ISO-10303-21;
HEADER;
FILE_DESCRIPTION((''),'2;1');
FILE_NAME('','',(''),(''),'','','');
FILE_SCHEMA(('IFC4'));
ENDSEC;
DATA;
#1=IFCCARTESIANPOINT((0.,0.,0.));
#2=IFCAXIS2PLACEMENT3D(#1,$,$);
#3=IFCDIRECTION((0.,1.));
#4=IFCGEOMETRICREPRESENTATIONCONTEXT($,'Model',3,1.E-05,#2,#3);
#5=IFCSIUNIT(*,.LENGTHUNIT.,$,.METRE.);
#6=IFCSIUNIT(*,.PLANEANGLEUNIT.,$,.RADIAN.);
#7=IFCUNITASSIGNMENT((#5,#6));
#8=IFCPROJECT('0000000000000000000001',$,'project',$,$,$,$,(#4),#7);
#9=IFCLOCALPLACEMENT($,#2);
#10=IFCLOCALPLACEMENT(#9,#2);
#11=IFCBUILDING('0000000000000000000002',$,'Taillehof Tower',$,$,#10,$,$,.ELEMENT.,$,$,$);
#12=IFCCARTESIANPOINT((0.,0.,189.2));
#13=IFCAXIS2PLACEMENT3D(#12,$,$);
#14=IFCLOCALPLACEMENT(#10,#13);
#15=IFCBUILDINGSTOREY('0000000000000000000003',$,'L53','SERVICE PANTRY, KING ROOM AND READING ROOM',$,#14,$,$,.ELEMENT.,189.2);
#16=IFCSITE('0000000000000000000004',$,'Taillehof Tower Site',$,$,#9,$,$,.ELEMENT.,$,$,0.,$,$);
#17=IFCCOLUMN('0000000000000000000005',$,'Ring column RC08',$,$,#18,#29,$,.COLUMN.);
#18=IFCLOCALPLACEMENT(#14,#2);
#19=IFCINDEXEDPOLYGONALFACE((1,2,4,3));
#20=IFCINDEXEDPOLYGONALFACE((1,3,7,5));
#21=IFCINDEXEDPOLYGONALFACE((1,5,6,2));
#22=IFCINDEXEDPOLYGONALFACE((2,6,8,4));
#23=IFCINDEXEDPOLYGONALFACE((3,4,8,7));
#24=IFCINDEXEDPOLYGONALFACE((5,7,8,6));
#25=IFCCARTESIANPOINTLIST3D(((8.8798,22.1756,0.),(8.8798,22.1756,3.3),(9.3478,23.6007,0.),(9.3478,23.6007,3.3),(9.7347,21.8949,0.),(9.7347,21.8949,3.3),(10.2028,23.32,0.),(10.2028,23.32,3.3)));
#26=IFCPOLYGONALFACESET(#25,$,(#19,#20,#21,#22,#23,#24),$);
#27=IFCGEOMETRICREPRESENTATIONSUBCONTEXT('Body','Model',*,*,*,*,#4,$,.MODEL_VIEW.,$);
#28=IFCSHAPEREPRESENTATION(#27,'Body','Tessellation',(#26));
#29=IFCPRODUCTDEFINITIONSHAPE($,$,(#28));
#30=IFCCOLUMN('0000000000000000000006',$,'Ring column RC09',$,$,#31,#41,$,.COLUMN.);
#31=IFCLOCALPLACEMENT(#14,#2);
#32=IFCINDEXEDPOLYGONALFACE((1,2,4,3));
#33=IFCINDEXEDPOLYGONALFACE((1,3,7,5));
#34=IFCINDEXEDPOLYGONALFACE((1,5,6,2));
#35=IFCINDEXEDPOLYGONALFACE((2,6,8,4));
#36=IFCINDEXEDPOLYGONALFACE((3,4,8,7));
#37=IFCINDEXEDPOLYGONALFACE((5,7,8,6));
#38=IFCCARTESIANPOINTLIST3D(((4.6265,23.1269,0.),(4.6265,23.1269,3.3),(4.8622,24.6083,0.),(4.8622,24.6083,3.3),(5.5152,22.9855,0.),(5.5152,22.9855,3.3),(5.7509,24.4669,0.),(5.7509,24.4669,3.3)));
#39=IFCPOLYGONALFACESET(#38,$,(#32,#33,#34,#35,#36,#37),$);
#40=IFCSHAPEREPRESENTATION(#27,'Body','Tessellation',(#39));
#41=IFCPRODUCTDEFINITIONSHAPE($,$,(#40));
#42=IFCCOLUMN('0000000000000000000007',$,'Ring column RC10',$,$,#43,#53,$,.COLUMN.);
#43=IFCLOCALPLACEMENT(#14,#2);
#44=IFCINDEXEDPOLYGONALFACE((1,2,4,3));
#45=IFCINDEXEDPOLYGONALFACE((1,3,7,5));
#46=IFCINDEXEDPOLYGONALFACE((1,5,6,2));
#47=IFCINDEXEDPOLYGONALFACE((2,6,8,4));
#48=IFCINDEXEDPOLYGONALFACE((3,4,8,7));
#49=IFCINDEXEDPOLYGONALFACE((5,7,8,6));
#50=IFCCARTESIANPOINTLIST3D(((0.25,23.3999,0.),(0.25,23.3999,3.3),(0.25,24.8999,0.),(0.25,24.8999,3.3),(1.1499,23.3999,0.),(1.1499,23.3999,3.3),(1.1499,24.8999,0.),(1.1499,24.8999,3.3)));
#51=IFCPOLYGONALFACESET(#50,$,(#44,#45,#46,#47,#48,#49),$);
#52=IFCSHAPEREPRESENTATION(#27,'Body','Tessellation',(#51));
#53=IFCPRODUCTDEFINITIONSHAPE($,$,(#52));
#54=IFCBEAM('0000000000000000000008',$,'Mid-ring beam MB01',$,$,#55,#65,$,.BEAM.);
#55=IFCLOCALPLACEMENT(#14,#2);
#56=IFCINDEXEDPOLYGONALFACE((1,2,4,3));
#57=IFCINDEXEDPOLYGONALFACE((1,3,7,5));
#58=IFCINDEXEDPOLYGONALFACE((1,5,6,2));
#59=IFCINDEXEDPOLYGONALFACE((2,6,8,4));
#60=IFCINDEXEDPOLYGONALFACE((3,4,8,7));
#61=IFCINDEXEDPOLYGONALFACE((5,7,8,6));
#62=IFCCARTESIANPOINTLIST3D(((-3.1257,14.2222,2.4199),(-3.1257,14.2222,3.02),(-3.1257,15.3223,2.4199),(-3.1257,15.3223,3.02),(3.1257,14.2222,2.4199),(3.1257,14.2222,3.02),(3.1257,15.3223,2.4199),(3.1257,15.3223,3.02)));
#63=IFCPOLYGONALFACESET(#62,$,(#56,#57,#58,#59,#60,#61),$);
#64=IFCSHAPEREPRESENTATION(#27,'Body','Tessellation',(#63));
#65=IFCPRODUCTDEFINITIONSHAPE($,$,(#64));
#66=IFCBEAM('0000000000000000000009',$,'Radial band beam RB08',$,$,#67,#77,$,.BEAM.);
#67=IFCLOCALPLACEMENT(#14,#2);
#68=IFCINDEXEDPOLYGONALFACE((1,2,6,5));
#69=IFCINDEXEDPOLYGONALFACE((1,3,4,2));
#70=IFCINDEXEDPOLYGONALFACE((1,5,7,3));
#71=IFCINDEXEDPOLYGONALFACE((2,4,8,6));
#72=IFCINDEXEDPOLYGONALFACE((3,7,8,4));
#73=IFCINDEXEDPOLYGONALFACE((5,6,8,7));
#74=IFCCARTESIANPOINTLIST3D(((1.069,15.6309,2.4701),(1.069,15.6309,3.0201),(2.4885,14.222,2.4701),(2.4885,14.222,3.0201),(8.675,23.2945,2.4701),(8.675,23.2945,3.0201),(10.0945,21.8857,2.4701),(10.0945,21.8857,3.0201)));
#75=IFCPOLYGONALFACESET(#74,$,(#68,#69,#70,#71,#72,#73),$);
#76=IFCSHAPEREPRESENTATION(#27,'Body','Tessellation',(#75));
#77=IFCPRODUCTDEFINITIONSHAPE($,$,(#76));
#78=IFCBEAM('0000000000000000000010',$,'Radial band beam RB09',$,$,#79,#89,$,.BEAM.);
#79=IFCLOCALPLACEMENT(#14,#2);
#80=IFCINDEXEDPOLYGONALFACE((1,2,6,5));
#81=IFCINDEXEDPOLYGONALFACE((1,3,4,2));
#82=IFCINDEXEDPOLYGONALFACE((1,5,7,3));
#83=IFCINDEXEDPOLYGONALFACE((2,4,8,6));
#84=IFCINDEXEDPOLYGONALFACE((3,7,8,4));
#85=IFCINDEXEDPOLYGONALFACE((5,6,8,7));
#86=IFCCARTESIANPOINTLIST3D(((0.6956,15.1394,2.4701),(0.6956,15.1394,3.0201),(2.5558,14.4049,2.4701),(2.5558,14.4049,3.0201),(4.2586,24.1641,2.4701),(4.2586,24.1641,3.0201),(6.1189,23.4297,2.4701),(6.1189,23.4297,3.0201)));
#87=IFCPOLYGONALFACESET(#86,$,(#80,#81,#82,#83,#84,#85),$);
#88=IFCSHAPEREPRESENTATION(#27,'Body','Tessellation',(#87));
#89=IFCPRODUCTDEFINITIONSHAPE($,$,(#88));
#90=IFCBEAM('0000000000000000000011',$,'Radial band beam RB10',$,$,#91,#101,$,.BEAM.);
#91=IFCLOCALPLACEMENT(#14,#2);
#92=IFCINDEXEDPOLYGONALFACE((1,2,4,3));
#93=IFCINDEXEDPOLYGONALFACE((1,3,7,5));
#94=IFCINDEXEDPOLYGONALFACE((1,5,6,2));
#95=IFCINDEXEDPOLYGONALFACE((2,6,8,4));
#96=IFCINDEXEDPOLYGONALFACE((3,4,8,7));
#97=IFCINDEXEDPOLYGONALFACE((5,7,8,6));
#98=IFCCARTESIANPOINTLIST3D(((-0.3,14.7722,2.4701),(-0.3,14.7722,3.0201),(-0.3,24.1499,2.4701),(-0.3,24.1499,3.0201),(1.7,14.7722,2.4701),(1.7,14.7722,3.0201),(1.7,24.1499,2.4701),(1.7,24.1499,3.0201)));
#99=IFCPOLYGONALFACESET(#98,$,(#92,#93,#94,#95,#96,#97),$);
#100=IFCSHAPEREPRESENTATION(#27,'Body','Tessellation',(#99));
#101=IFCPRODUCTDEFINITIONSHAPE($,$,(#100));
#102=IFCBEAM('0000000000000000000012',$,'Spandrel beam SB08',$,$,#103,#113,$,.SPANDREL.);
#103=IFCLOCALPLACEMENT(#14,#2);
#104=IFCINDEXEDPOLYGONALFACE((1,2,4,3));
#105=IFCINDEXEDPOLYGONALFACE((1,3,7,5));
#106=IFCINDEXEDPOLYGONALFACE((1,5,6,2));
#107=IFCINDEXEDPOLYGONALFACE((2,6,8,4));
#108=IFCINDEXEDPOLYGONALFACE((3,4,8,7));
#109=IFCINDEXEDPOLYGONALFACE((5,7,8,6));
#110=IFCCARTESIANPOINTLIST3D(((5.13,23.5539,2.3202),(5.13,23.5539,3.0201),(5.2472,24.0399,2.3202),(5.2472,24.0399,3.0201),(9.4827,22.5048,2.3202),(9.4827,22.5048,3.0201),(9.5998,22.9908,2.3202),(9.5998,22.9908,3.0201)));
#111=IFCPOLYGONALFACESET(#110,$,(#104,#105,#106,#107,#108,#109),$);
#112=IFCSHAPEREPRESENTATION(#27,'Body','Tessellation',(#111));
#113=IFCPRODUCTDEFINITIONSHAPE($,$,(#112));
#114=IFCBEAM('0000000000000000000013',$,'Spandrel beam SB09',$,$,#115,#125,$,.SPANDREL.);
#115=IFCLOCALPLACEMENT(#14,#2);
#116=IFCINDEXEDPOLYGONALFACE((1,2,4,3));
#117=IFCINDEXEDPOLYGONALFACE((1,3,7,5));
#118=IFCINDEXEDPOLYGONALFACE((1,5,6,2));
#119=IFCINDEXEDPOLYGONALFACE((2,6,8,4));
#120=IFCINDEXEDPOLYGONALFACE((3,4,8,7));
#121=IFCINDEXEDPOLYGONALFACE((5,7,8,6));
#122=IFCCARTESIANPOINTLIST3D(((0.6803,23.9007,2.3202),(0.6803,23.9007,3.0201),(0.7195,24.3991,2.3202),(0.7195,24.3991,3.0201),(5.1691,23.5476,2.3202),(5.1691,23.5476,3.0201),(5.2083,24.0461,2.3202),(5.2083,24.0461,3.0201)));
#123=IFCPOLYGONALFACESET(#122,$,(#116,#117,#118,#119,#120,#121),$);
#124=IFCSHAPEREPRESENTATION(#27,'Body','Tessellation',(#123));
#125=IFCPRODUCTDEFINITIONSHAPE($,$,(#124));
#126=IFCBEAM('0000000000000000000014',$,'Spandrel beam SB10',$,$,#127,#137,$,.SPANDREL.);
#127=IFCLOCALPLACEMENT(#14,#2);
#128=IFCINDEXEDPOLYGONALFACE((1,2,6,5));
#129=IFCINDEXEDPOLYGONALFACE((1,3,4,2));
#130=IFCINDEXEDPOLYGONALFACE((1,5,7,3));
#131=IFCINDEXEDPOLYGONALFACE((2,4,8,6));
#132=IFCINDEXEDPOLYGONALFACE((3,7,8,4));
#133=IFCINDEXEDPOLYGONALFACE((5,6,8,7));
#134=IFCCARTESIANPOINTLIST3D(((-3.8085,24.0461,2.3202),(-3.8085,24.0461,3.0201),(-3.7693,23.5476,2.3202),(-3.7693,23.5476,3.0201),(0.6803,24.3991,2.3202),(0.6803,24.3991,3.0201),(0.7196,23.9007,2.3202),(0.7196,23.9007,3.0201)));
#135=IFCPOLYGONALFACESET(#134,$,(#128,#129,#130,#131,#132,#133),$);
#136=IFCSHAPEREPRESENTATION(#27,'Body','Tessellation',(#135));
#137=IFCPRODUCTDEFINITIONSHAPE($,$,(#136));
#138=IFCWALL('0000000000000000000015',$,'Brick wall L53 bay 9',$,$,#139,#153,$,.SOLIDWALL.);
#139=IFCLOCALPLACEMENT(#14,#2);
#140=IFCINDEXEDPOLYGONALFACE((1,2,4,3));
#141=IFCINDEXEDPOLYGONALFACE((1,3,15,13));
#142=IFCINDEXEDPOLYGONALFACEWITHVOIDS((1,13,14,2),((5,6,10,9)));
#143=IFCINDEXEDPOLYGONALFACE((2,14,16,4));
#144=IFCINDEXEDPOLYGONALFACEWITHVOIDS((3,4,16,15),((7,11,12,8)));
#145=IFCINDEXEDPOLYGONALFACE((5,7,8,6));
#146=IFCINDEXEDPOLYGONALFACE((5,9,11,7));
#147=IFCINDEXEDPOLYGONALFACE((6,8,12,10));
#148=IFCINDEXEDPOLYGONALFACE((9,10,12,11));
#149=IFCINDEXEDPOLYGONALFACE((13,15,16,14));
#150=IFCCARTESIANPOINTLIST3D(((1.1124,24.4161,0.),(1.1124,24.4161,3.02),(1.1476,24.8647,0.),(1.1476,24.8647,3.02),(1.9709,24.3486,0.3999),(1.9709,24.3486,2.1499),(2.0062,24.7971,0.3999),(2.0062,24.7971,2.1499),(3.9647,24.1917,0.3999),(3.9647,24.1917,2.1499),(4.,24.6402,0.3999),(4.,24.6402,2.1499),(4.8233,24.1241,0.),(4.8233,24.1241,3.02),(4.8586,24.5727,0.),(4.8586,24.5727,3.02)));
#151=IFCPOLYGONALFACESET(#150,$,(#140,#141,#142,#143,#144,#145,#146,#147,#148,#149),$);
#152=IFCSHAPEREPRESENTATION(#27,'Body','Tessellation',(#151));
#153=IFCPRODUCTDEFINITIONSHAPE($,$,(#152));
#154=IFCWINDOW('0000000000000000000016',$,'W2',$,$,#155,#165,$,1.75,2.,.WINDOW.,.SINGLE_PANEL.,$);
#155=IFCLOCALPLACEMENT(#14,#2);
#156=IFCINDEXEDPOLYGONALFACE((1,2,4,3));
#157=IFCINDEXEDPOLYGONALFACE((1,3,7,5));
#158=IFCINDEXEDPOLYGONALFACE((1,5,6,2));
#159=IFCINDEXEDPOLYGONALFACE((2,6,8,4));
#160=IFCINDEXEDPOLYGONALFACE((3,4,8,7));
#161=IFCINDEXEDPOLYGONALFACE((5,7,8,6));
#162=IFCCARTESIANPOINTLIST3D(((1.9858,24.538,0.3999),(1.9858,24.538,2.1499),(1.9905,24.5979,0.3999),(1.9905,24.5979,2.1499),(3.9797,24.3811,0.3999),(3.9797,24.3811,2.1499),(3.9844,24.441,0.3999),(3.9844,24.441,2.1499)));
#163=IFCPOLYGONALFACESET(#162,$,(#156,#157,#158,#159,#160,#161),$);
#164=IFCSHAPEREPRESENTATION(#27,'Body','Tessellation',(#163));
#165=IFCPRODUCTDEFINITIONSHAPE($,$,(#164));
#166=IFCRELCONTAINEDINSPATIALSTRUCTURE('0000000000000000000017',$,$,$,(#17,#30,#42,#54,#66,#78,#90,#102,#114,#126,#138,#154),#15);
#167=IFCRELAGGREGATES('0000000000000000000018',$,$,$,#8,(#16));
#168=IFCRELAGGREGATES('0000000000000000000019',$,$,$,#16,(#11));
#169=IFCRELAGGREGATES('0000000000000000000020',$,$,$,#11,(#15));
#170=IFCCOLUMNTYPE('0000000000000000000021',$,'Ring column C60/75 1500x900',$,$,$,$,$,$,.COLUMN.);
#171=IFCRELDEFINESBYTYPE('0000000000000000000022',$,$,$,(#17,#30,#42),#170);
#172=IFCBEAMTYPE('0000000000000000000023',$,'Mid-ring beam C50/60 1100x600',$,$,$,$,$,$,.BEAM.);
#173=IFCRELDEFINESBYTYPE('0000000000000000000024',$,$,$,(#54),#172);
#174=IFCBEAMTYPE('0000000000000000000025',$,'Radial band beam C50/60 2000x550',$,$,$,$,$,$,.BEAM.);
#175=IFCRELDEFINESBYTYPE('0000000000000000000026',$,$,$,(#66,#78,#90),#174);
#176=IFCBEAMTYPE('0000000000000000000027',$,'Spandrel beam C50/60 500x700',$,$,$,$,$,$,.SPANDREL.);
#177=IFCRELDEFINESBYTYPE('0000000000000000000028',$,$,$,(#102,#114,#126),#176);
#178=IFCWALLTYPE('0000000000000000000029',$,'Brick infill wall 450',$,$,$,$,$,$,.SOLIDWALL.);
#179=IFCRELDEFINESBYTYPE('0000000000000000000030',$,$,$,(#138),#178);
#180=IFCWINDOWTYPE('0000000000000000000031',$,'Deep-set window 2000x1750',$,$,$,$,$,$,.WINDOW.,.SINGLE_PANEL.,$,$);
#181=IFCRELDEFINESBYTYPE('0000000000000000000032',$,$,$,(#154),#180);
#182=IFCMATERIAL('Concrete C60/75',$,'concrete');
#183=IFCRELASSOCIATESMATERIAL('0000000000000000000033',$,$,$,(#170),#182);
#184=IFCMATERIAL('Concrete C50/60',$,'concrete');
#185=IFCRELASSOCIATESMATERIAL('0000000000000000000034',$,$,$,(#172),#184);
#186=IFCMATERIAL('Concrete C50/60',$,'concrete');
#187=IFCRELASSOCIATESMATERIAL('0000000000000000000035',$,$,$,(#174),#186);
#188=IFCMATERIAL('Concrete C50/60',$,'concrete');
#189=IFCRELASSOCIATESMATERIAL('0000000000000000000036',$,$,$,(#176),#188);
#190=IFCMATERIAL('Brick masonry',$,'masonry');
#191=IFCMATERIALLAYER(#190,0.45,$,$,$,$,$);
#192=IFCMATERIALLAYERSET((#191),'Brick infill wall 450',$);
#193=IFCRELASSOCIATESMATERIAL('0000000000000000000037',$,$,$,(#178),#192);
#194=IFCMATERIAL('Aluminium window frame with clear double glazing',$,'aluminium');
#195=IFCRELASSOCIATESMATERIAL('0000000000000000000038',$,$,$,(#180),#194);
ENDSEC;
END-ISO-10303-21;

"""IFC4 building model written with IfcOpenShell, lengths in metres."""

from ifc_helpers import new_model, si_unit, direction, frame, frame_2d, origin, origin_2d, place, context, subcontext, project, spatial, rectangle, extrude, material, layer, layer_set, material_profile, profile_set, type_object, element, fill, save


model = new_model("IFC4")

# Units and contexts
model_context = context("Model", 3, precision=1e-05, world=origin(), true_north=direction((0.0, 1.0)))
body_context = subcontext(model_context, "Body", "Model", "MODEL_VIEW")
ifc_project = project(units=[si_unit("LENGTHUNIT", "METRE"), si_unit("PLANEANGLEUNIT", "RADIAN")], contexts=[model_context])

# Site, building, storey
site_placement = place(None, origin())
site = spatial("IfcSite", under=ifc_project, at=site_placement, Name="Taillehof Tower Site", CompositionType="ELEMENT", RefElevation=0.0)
building_placement = place(site_placement, origin())
building = spatial("IfcBuilding", under=site, at=building_placement, Name="Taillehof Tower", CompositionType="ELEMENT")
storey_placement = place(building_placement, frame((0.0, 0.0, 189.2)))
storey = spatial("IfcBuildingStorey", under=building, at=storey_placement, Name="L53", Description="SERVICE PANTRY, KING ROOM AND READING ROOM", CompositionType="ELEMENT", Elevation=189.2)

# Columns
ifc_material_1 = material(Name="Concrete C60/75", Category="concrete")
ifc_material_profile_1 = material_profile(ifc_material_1, rectangle(XDim=1.5, YDim=0.8999, at=origin_2d()), Name="RC 1500x900")
ifc_profile_set_1 = profile_set([ifc_material_profile_1], Name="Concrete C60/75")
column_type = type_object("IfcColumnType", Name="Ring column C60/75 1500x900", PredefinedType="COLUMN", material=ifc_profile_set_1)
for number, where, z_axis, x_axis, name in (
    (1, (9.5413, 22.7478, 0.0), (0.0, 0.0, 1.0), (0.312001, 0.950082, 0.0), "Ring column RC08"),
    (2, (5.1887, 23.7969, 0.0), (0.0, 0.0, 1.0), (0.157116, 0.98758, 0.0), "Ring column RC09"),
    (3, (0.7, 24.1499, 0.0), (0.0, 0.0, 1.0), (0.0, 1.0, 0.0), "Ring column RC10"),
):
    element("IfcColumn", number, at=place(storey_placement, frame(where, z_axis=z_axis, x_axis=x_axis)), inside=storey, type_object=column_type, Name=name, PredefinedType="COLUMN", context=body_context, shape_type="SweptSolid", body=[
        extrude(rectangle(XDim=1.5, YDim=0.8999, at=origin_2d()), origin(), (0.0, 0.0, 1.0), 3.3),
    ])

# Beams
ifc_material_2 = material(Name="Concrete C50/60", Category="concrete")
ifc_material_profile_2 = material_profile(ifc_material_2, rectangle(XDim=1.1001, YDim=0.6001, at=origin_2d()), Name="RC 1100x600")
ifc_profile_set_2 = profile_set([ifc_material_profile_2], Name="Concrete C50/60")
beam_type_1 = type_object("IfcBeamType", Name="Mid-ring beam C50/60 1100x600", PredefinedType="BEAM", material=ifc_profile_set_2)
beam_1_placement = place(storey_placement, frame((3.1257, 14.7722, 2.72), z_axis=(-1.0, 0.0, 0.0), x_axis=(0.0, -1.0, 0.0)))
element("IfcBeam", 4, at=beam_1_placement, inside=storey, type_object=beam_type_1, Name="Mid-ring beam MB01", PredefinedType="BEAM", context=body_context, shape_type="SweptSolid", body=[
    extrude(rectangle(XDim=1.1001, YDim=0.6001, at=origin_2d()), origin(), (0.0, 0.0, 1.0), 6.2515),
])
ifc_material_3 = material(Name="Concrete C50/60", Category="concrete")
ifc_material_profile_3 = material_profile(ifc_material_3, rectangle(XDim=2.0, YDim=0.55, at=origin_2d()), Name="RC 2000x550")
ifc_profile_set_3 = profile_set([ifc_material_profile_3], Name="Concrete C50/60")
beam_type_2 = type_object("IfcBeamType", Name="Radial band beam C50/60 2000x550", PredefinedType="BEAM", material=ifc_profile_set_3)
beam_2_placement = place(storey_placement, frame((9.3848, 22.5901, 2.7451), z_axis=(-0.704434, -0.70977, 0.0), x_axis=(0.70977, -0.704434, 0.0)))
element("IfcBeam", 5, at=beam_2_placement, inside=storey, type_object=beam_type_2, Name="Radial band beam RB08", PredefinedType="BEAM", context=body_context, shape_type="SweptSolid", body=[
    extrude(rectangle(XDim=2.0, YDim=0.55, at=origin_2d()), origin(), (0.0, 0.0, 1.0), 10.7974),
])
beam_3_placement = place(storey_placement, frame((5.1887, 23.7969, 2.7451), z_axis=(-0.367222, -0.930133, 0.0), x_axis=(0.930133, -0.367222, 0.0)))
element("IfcBeam", 6, at=beam_3_placement, inside=storey, type_object=beam_type_2, Name="Radial band beam RB09", PredefinedType="BEAM", context=body_context, shape_type="SweptSolid", body=[
    extrude(rectangle(XDim=2.0, YDim=0.55, at=origin_2d()), origin(), (0.0, 0.0, 1.0), 9.7026),
])
beam_4_placement = place(storey_placement, frame((0.7, 24.1499, 2.7451), z_axis=(0.0, -1.0, 0.0), x_axis=(1.0, 0.0, 0.0)))
element("IfcBeam", 7, at=beam_4_placement, inside=storey, type_object=beam_type_2, Name="Radial band beam RB10", PredefinedType="BEAM", context=body_context, shape_type="SweptSolid", body=[
    extrude(rectangle(XDim=2.0, YDim=0.55, at=origin_2d()), origin(), (0.0, 0.0, 1.0), 9.3777),
])
ifc_material_4 = material(Name="Concrete C50/60", Category="concrete")
ifc_material_profile_4 = material_profile(ifc_material_4, rectangle(XDim=0.5, YDim=0.7, at=origin_2d()), Name="RC 500x700")
ifc_profile_set_4 = profile_set([ifc_material_profile_4], Name="Concrete C50/60")
beam_type_3 = type_object("IfcBeamType", Name="Spandrel beam C50/60 500x700", PredefinedType="SPANDREL", material=ifc_profile_set_4)
beam_5_placement = place(storey_placement, frame((9.5413, 22.7478, 2.6702), z_axis=(-0.972161, 0.234315, 0.0), x_axis=(-0.234315, -0.972161, 0.0)))
element("IfcBeam", 8, at=beam_5_placement, inside=storey, type_object=beam_type_3, Name="Spandrel beam SB08", PredefinedType="SPANDREL", context=body_context, shape_type="SweptSolid", body=[
    extrude(rectangle(XDim=0.5, YDim=0.7, at=origin_2d()), origin(), (0.0, 0.0, 1.0), 4.4773),
])
for number, where, z_axis, x_axis, name in (
    (9, (5.1887, 23.7969, 2.6702), (-0.996922, 0.078405, 0.0), (-0.078405, -0.996922, 0.0), "Spandrel beam SB09"),
    (10, (0.7, 24.1499, 2.6702), (-0.996922, -0.078405, 0.0), (0.078405, -0.996922, 0.0), "Spandrel beam SB10"),
):
    element("IfcBeam", number, at=place(storey_placement, frame(where, z_axis=z_axis, x_axis=x_axis)), inside=storey, type_object=beam_type_3, Name=name, PredefinedType="SPANDREL", context=body_context, shape_type="SweptSolid", body=[
        extrude(rectangle(XDim=0.5, YDim=0.7, at=origin_2d()), origin(), (0.0, 0.0, 1.0), 4.5027),
    ])

# Wall, opening, window
ifc_material_5 = material(Name="Brick masonry", Category="masonry")
ifc_layer_1 = layer(ifc_material_5, 0.45)
ifc_layer_set_1 = layer_set([ifc_layer_1], Name="Brick infill wall 450")
wall_type_1 = type_object("IfcWallType", Name="Brick infill wall 450", PredefinedType="SOLIDWALL", material=ifc_layer_set_1)
wall_1_placement = place(storey_placement, frame((4.8411, 24.3484, 0.0), z_axis=(0.0, 0.0, 1.0), x_axis=(-0.996919, 0.078442, 0.0)))
wall_1 = element("IfcWall", 11, at=wall_1_placement, inside=storey, type_object=wall_type_1, Name="Brick wall L53 bay 9", PredefinedType="SOLIDWALL", context=body_context, shape_type="SweptSolid", body=[
    extrude(rectangle(XDim=3.7224, YDim=0.45, at=frame_2d((1.8613, 0.0))), origin(), (0.0, 0.0, 1.0), 3.02),
])
opening_1_placement = place(wall_1_placement, frame((0.8613, 0.0, 0.3999)))
opening_1 = element("IfcOpeningElement", 12, at=opening_1_placement, cuts=wall_1, PredefinedType="OPENING", context=body_context, shape_type="SweptSolid", body=[
    extrude(rectangle(XDim=2.0, YDim=1.75, at=frame_2d((1.0, 0.875))), frame((0.0, 0.2349, 0.0), z_axis=(0.0, -1.0, 0.0), x_axis=(1.0, 0.0, 0.0)), (0.0, 0.0, 1.0), 0.47),
])
ifc_material_6 = material(Name="Aluminium window frame with clear double glazing", Category="aluminium")
window_type_1 = type_object("IfcWindowType", Name="Deep-set window 2000x1750", PartitioningType="SINGLE_PANEL", PredefinedType="WINDOW", material=ifc_material_6)
window_1_placement = place(opening_1_placement, origin())
window_1 = element("IfcWindow", 13, at=window_1_placement, inside=storey, type_object=window_type_1, Name="W2", OverallHeight=1.75, OverallWidth=2.0, PartitioningType="SINGLE_PANEL", PredefinedType="WINDOW", context=body_context, shape_type="SweptSolid", body=[
    extrude(rectangle(XDim=2.0, YDim=1.75, at=frame_2d((1.0, 0.875))), frame((0.0, 0.0349, 0.0), z_axis=(0.0, -1.0, 0.0), x_axis=(1.0, 0.0, 0.0)), (0.0, 0.0, 1.0), 0.0601),
])
fill(opening_1, window_1)

save(model, "model.ifc")
